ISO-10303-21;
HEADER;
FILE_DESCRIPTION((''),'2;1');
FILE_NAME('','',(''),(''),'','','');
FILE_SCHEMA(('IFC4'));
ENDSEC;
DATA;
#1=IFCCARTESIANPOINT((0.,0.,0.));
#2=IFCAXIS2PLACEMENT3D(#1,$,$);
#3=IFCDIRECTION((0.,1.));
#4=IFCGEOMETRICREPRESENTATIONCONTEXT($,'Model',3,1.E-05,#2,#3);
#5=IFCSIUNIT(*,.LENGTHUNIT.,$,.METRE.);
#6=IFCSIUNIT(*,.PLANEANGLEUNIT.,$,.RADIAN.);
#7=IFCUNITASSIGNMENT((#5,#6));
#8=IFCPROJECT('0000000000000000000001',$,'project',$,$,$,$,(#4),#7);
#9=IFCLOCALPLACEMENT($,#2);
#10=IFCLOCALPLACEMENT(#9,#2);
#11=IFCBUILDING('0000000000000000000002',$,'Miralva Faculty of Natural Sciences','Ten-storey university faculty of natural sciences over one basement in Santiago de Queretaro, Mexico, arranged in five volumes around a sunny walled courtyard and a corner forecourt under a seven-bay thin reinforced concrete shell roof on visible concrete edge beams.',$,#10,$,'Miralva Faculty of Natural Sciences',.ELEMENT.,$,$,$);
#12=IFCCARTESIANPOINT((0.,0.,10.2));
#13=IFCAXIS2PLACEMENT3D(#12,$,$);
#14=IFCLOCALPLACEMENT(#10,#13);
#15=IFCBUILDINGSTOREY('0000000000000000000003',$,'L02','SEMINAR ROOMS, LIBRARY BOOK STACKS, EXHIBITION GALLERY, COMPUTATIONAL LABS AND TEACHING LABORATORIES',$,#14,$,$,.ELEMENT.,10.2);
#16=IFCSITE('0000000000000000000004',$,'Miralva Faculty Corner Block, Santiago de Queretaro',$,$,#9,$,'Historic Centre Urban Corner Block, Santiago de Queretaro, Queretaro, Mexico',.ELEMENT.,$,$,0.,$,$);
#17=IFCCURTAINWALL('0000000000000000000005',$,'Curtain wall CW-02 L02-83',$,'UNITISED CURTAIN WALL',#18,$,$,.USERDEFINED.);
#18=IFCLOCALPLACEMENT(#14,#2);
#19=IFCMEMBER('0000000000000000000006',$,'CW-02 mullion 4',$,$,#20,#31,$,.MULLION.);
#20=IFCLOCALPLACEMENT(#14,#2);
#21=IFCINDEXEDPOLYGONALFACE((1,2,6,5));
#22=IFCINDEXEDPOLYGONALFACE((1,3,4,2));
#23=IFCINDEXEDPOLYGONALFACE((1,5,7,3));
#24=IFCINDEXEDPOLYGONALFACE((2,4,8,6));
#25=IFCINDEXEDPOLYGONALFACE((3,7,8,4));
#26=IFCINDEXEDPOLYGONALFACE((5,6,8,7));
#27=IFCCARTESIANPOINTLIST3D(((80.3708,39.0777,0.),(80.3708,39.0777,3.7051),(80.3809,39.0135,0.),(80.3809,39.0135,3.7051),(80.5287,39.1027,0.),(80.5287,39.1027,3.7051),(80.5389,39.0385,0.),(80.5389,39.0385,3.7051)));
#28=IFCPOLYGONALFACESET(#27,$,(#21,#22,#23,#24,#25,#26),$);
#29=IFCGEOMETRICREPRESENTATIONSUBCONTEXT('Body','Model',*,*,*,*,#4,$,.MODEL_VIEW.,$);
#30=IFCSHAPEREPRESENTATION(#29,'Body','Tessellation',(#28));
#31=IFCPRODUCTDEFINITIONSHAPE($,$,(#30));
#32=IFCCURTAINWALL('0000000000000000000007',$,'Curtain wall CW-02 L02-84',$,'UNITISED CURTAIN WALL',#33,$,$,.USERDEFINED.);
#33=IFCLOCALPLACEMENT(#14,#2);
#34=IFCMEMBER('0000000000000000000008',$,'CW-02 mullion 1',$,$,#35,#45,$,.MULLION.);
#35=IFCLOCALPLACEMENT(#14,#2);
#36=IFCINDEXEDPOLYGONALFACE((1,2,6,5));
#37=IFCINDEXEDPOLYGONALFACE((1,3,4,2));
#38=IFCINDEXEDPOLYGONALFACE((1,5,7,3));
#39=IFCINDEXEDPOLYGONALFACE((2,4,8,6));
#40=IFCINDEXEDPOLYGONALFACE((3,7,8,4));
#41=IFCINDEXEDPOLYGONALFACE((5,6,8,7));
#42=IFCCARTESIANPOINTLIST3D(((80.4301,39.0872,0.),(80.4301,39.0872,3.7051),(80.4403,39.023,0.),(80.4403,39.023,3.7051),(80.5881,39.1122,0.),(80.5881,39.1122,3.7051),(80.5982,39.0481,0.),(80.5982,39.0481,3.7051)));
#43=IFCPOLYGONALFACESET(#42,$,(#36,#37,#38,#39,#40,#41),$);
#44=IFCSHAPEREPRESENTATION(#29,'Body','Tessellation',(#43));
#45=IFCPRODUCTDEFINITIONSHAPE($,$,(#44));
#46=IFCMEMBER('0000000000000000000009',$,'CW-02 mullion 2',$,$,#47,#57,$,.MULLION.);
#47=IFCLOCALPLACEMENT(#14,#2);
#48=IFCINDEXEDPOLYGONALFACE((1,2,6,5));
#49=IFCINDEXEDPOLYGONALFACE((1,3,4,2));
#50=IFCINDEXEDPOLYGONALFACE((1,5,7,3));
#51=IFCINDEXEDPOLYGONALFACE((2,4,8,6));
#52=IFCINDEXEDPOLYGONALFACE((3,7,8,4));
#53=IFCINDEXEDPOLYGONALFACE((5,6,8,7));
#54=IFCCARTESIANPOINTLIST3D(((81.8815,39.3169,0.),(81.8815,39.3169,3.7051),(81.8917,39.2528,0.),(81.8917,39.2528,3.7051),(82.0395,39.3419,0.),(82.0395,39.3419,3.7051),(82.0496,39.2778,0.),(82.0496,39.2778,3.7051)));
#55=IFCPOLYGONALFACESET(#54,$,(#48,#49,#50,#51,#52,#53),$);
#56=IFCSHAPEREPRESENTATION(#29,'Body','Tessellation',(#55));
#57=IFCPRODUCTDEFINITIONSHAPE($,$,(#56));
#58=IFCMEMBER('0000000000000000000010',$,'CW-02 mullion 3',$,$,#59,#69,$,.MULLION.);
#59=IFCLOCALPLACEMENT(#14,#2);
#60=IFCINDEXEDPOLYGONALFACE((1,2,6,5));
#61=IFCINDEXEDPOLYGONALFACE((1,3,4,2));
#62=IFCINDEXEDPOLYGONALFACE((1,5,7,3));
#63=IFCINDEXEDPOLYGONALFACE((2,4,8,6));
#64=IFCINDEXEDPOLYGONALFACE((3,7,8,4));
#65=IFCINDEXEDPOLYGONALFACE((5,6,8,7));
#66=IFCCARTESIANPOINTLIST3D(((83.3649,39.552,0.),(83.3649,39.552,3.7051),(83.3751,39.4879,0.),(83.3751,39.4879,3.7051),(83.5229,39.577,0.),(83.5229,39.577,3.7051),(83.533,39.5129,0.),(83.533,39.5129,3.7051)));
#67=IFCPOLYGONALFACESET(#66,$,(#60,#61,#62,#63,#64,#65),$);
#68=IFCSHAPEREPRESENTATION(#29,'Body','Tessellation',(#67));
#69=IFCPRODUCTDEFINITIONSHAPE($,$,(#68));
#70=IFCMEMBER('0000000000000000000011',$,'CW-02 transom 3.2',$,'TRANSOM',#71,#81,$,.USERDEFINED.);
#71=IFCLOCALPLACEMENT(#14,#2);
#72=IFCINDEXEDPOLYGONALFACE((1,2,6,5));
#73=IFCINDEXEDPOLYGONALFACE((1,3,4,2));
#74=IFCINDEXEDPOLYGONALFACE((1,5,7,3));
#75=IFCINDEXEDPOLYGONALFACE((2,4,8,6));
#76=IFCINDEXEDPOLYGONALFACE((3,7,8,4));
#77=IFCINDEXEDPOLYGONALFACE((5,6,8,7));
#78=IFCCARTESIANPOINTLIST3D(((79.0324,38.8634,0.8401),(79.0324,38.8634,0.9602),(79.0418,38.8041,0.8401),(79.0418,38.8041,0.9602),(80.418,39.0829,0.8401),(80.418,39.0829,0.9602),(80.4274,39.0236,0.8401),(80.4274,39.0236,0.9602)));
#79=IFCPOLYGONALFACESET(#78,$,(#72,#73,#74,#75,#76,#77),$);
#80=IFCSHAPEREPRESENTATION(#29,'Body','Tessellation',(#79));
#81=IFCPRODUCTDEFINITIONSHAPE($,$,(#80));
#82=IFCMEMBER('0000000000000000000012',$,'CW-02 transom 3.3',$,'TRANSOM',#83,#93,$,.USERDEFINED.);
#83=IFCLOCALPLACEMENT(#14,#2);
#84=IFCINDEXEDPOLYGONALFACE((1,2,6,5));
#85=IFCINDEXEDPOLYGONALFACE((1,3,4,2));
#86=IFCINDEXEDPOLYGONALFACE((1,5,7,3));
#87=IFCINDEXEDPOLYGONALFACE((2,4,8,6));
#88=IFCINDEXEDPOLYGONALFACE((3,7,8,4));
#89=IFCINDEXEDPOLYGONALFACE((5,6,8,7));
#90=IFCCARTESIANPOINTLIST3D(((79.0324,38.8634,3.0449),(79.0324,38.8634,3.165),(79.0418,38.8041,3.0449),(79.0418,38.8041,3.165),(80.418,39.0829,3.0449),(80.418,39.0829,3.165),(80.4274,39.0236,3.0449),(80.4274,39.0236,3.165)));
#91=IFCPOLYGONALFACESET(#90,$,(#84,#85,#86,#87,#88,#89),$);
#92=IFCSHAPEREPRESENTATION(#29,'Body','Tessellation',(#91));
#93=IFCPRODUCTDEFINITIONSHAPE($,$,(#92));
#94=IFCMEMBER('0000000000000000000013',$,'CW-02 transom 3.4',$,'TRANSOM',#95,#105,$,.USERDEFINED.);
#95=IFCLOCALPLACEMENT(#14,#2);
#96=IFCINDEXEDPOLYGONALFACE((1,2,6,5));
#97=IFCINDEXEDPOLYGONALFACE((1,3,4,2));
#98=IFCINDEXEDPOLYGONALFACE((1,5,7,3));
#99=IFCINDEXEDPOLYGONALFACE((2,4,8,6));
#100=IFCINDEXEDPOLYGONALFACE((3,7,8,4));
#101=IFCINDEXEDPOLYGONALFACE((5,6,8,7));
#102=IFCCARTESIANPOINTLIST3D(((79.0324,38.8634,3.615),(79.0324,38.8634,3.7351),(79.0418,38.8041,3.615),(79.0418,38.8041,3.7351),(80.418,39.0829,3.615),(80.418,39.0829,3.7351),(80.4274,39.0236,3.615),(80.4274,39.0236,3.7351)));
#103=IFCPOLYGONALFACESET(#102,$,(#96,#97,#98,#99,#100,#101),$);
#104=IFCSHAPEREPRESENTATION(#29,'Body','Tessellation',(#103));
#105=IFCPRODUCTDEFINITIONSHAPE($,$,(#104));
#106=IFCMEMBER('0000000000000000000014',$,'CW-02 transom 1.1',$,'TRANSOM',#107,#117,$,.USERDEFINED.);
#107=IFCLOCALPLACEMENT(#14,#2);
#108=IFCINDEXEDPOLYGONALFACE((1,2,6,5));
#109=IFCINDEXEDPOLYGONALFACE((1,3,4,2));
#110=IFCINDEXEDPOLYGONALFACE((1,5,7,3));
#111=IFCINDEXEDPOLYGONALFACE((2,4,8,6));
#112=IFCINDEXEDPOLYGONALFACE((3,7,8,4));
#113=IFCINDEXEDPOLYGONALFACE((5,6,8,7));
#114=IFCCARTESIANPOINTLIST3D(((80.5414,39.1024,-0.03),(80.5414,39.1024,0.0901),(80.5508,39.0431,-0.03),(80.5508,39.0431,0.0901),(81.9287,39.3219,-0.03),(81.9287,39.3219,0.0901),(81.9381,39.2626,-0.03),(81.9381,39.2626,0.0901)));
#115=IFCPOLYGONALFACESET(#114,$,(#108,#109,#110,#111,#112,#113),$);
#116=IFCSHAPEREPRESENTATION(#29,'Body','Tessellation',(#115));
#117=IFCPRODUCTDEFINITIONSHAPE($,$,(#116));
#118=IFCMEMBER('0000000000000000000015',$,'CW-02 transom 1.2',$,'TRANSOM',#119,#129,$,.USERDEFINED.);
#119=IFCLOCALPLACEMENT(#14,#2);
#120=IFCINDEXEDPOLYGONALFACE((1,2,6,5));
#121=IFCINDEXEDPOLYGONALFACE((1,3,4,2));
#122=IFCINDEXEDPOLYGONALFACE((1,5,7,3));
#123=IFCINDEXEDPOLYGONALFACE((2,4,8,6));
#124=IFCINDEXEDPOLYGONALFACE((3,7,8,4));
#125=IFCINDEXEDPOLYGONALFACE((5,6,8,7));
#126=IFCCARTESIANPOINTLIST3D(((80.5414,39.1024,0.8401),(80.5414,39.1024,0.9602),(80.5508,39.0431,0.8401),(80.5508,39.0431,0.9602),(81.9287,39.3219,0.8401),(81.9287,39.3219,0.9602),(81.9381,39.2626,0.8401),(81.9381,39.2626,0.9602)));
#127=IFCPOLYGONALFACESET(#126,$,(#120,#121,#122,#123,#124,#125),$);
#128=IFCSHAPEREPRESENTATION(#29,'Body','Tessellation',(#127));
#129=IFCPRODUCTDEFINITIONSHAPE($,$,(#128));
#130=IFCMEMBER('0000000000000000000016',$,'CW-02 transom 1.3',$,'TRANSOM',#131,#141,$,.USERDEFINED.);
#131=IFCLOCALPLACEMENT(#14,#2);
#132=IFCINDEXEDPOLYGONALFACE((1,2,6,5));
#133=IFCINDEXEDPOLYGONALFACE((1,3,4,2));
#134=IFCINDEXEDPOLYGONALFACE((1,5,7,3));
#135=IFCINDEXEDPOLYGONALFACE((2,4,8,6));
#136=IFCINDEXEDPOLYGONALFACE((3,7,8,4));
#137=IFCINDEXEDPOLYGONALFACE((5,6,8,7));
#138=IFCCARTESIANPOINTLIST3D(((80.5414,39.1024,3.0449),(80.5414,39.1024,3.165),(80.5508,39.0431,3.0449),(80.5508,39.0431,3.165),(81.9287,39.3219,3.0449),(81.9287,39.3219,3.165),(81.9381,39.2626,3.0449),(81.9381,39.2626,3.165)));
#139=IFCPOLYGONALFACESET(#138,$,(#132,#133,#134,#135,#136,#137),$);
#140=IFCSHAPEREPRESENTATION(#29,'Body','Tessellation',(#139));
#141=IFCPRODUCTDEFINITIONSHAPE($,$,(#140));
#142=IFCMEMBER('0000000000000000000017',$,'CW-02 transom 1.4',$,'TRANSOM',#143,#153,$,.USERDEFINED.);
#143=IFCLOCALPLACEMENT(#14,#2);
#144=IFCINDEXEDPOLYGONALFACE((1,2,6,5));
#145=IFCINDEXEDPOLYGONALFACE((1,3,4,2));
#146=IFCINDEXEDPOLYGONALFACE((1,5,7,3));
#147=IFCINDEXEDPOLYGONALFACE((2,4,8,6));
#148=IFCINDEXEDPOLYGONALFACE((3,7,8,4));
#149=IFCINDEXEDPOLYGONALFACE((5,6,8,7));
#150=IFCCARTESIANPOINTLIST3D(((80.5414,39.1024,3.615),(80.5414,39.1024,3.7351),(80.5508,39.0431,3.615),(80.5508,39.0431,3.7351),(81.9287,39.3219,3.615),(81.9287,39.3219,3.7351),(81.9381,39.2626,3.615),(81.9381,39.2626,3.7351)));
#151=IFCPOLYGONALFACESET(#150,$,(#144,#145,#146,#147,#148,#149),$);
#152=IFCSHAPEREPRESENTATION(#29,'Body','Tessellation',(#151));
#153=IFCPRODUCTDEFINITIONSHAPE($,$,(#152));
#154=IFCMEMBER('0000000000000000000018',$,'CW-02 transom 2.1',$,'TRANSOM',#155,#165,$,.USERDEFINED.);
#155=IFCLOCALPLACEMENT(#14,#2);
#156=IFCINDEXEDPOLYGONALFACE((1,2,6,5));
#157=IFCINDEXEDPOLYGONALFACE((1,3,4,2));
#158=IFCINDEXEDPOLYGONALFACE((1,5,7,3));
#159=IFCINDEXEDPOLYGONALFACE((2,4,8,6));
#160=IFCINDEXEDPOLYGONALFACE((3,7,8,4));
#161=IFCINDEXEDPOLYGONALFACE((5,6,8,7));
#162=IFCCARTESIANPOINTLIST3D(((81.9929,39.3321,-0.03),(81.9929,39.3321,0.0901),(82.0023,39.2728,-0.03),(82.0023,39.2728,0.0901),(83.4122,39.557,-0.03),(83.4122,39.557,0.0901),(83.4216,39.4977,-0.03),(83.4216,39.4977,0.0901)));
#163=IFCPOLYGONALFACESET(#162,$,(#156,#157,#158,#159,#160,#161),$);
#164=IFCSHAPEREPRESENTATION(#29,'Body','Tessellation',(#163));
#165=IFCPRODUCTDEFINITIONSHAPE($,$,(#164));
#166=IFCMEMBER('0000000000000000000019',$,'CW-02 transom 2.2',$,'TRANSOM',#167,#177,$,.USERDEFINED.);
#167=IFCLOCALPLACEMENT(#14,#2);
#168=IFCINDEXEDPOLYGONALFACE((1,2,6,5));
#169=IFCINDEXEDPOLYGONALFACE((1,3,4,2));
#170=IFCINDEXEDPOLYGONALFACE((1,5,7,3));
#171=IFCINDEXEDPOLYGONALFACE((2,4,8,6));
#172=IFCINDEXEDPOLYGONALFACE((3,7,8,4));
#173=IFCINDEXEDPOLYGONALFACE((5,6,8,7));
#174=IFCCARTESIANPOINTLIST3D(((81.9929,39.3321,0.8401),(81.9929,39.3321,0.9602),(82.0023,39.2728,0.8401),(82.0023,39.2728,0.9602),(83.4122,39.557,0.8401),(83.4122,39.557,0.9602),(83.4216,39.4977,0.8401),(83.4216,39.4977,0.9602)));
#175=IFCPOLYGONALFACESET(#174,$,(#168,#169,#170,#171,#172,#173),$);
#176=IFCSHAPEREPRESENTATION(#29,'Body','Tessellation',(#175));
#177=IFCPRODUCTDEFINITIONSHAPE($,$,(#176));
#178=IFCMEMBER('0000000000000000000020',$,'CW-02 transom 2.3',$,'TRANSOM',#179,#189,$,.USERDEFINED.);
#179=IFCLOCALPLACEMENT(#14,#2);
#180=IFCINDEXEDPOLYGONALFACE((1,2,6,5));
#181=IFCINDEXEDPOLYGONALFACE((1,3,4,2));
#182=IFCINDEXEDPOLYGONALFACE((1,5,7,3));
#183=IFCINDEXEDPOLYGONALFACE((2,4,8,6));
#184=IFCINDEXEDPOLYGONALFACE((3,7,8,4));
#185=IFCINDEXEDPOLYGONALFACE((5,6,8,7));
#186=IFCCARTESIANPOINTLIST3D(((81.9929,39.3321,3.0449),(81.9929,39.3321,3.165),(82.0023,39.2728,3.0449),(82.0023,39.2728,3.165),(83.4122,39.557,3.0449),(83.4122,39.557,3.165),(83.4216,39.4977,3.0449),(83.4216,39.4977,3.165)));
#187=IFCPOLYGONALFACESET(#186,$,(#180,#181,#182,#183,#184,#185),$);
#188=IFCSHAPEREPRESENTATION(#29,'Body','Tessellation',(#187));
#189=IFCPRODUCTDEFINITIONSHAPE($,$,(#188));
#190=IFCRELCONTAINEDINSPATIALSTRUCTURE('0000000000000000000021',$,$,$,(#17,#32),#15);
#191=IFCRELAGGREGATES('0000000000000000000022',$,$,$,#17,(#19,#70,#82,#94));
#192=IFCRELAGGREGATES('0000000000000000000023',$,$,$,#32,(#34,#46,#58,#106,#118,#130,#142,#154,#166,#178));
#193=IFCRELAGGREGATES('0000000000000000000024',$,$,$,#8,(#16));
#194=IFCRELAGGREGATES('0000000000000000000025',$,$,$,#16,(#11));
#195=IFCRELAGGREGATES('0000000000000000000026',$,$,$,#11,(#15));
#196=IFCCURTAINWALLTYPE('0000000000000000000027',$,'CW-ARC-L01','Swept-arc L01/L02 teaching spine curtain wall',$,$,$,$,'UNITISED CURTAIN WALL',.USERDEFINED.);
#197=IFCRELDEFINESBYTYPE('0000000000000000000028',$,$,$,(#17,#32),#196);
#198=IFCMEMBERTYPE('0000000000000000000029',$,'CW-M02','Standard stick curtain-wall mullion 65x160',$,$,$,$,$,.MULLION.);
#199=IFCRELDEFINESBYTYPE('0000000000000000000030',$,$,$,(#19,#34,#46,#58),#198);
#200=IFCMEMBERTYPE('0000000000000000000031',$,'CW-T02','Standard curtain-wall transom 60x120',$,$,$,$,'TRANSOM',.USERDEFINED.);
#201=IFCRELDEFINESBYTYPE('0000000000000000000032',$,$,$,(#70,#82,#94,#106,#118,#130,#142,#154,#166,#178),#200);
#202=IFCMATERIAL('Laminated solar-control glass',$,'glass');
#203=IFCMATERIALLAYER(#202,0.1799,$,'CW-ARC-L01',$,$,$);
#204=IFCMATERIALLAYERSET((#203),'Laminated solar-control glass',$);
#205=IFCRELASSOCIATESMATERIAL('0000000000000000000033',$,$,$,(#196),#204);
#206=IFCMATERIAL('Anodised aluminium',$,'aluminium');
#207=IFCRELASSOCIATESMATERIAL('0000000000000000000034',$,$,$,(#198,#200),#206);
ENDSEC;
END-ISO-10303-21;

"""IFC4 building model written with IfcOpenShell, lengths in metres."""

from ifc_helpers import new_model, si_unit, direction, frame, origin, origin_2d, place, context, subcontext, project, spatial, rectangle, extrude, material, layer, layer_set, material_profile, profile_set, type_object, element, aggregate, save


model = new_model("IFC4")

# Units and contexts
model_context = context("Model", 3, precision=1e-05, world=origin(), true_north=direction((0.0, 1.0)))
body_context = subcontext(model_context, "Body", "Model", "MODEL_VIEW")
ifc_project = project(units=[si_unit("LENGTHUNIT", "METRE"), si_unit("PLANEANGLEUNIT", "RADIAN")], contexts=[model_context])

# Site, building, storey
site_placement = place(None, origin())
site = spatial("IfcSite", under=ifc_project, at=site_placement, Name="Miralva Faculty Corner Block, Santiago de Queretaro", LongName="Historic Centre Urban Corner Block, Santiago de Queretaro, Queretaro, Mexico", CompositionType="ELEMENT", RefElevation=0.0)
building_placement = place(site_placement, origin())
building = spatial("IfcBuilding", under=site, at=building_placement, Name="Miralva Faculty of Natural Sciences", Description="Ten-storey university faculty of natural sciences over one basement in Santiago de Queretaro, Mexico, arranged in five volumes around a sunny walled courtyard and a corner forecourt under a seven-bay thin reinforced concrete shell roof on visible concrete edge beams.", LongName="Miralva Faculty of Natural Sciences", CompositionType="ELEMENT")
storey_placement = place(building_placement, frame((0.0, 0.0, 10.2)))
storey = spatial("IfcBuildingStorey", under=building, at=storey_placement, Name="L02", Description="SEMINAR ROOMS, LIBRARY BOOK STACKS, EXHIBITION GALLERY, COMPUTATIONAL LABS AND TEACHING LABORATORIES", CompositionType="ELEMENT", Elevation=10.2)

# Curtain wall, member
ifc_material_1 = material(Name="Laminated solar-control glass", Category="glass")
ifc_layer_1 = layer(ifc_material_1, 0.1799, Name="CW-ARC-L01")
ifc_layer_set_1 = layer_set([ifc_layer_1], Name="Laminated solar-control glass")
curtain_wall_type = type_object("IfcCurtainWallType", Name="CW-ARC-L01", Description="Swept-arc L01/L02 teaching spine curtain wall", ElementType="UNITISED CURTAIN WALL", PredefinedType="USERDEFINED", material=ifc_layer_set_1)
curtain_wall_1_placement = place(storey_placement, origin())
curtain_wall_1 = element("IfcCurtainWall", 1, at=curtain_wall_1_placement, inside=storey, type_object=curtain_wall_type, Name="Curtain wall CW-02 L02-83", ObjectType="UNITISED CURTAIN WALL", PredefinedType="USERDEFINED")
ifc_material_2 = material(Name="Anodised aluminium", Category="aluminium")
ifc_material_profile_1 = material_profile(ifc_material_2, rectangle(XDim=0.0649, YDim=0.1599, at=origin_2d()), Name="MULLION 65x160")
ifc_profile_set_1 = profile_set([ifc_material_profile_1], Name="Anodised aluminium")
member_type_1 = type_object("IfcMemberType", Name="CW-M02", Description="Standard stick curtain-wall mullion 65x160", PredefinedType="MULLION", material=ifc_profile_set_1)
member_1_placement = place(storey_placement, frame((80.4548, 39.0581, 0.0), z_axis=(0.0, 0.0, 1.0), x_axis=(-0.156431, 0.987689, 0.0)))
member_1 = element("IfcMember", 2, at=member_1_placement, type_object=member_type_1, Name="CW-02 mullion 4", PredefinedType="MULLION", context=body_context, shape_type="SweptSolid", body=[
    extrude(rectangle(XDim=0.0649, YDim=0.1599, at=origin_2d()), origin(), (0.0, 0.0, 1.0), 3.7051),
])

# Curtain wall, members
curtain_wall_2_placement = place(storey_placement, origin())
curtain_wall_2 = element("IfcCurtainWall", 3, at=curtain_wall_2_placement, inside=storey, type_object=curtain_wall_type, Name="Curtain wall CW-02 L02-84", ObjectType="UNITISED CURTAIN WALL", PredefinedType="USERDEFINED")
member_2_placement = place(storey_placement, frame((80.5142, 39.0676, 0.0), z_axis=(0.0, 0.0, 1.0), x_axis=(-0.156415, 0.987691, 0.0)))
member_2 = element("IfcMember", 4, at=member_2_placement, type_object=member_type_1, Name="CW-02 mullion 1", PredefinedType="MULLION", context=body_context, shape_type="SweptSolid", body=[
    extrude(rectangle(XDim=0.0649, YDim=0.1599, at=origin_2d()), origin(), (0.0, 0.0, 1.0), 3.7051),
])
member_3_placement = place(storey_placement, frame((81.9656, 39.2974, 0.0), z_axis=(0.0, 0.0, 1.0), x_axis=(-0.156415, 0.987691, 0.0)))
member_3 = element("IfcMember", 5, at=member_3_placement, type_object=member_type_1, Name="CW-02 mullion 2", PredefinedType="MULLION", context=body_context, shape_type="SweptSolid", body=[
    extrude(rectangle(XDim=0.0649, YDim=0.1599, at=origin_2d()), origin(), (0.0, 0.0, 1.0), 3.7051),
])
member_4_placement = place(storey_placement, frame((83.449, 39.5325, 0.0), z_axis=(0.0, 0.0, 1.0), x_axis=(-0.156415, 0.987691, 0.0)))
member_4 = element("IfcMember", 6, at=member_4_placement, type_object=member_type_1, Name="CW-02 mullion 3", PredefinedType="MULLION", context=body_context, shape_type="SweptSolid", body=[
    extrude(rectangle(XDim=0.0649, YDim=0.1599, at=origin_2d()), origin(), (0.0, 0.0, 1.0), 3.7051),
])

# Members
ifc_material_profile_2 = material_profile(ifc_material_2, rectangle(XDim=0.0601, YDim=0.1201, at=origin_2d()), Name="TRANSOM 60x120")
ifc_profile_set_2 = profile_set([ifc_material_profile_2], Name="Anodised aluminium")
member_type_2 = type_object("IfcMemberType", Name="CW-T02", Description="Standard curtain-wall transom 60x120", ElementType="TRANSOM", PredefinedType="USERDEFINED", material=ifc_profile_set_2)
member_5_placement = place(storey_placement, frame((79.0371, 38.8337, 0.9001), z_axis=(0.987684, 0.156463, 0.0), x_axis=(-0.156463, 0.987684, 0.0)))
member_5 = element("IfcMember", 7, at=member_5_placement, type_object=member_type_2, Name="CW-02 transom 3.2", ObjectType="TRANSOM", PredefinedType="USERDEFINED", context=body_context, shape_type="SweptSolid", body=[
    extrude(rectangle(XDim=0.0601, YDim=0.1201, at=origin_2d()), origin(), (0.0, 0.0, 1.0), 1.4028),
])
member_6_placement = place(storey_placement, frame((79.0371, 38.8337, 3.105), z_axis=(0.987684, 0.156463, 0.0), x_axis=(-0.156463, 0.987684, 0.0)))
member_6 = element("IfcMember", 8, at=member_6_placement, type_object=member_type_2, Name="CW-02 transom 3.3", ObjectType="TRANSOM", PredefinedType="USERDEFINED", context=body_context, shape_type="SweptSolid", body=[
    extrude(rectangle(XDim=0.0601, YDim=0.1201, at=origin_2d()), origin(), (0.0, 0.0, 1.0), 1.4028),
])
member_7_placement = place(storey_placement, frame((79.0371, 38.8337, 3.675), z_axis=(0.987684, 0.156463, 0.0), x_axis=(-0.156463, 0.987684, 0.0)))
member_7 = element("IfcMember", 9, at=member_7_placement, type_object=member_type_2, Name="CW-02 transom 3.4", ObjectType="TRANSOM", PredefinedType="USERDEFINED", context=body_context, shape_type="SweptSolid", body=[
    extrude(rectangle(XDim=0.0601, YDim=0.1201, at=origin_2d()), origin(), (0.0, 0.0, 1.0), 1.4028),
])
member_8_placement = place(storey_placement, frame((80.5461, 39.0728, 0.03), z_axis=(0.987714, 0.156275, 0.0), x_axis=(-0.156275, 0.987714, 0.0)))
member_8 = element("IfcMember", 10, at=member_8_placement, type_object=member_type_2, Name="CW-02 transom 1.1", ObjectType="TRANSOM", PredefinedType="USERDEFINED", context=body_context, shape_type="SweptSolid", body=[
    extrude(rectangle(XDim=0.0601, YDim=0.1201, at=origin_2d()), origin(), (0.0, 0.0, 1.0), 1.4045),
])
member_9_placement = place(storey_placement, frame((80.5461, 39.0728, 0.9001), z_axis=(0.987714, 0.156275, 0.0), x_axis=(-0.156275, 0.987714, 0.0)))
member_9 = element("IfcMember", 11, at=member_9_placement, type_object=member_type_2, Name="CW-02 transom 1.2", ObjectType="TRANSOM", PredefinedType="USERDEFINED", context=body_context, shape_type="SweptSolid", body=[
    extrude(rectangle(XDim=0.0601, YDim=0.1201, at=origin_2d()), origin(), (0.0, 0.0, 1.0), 1.4045),
])
member_10_placement = place(storey_placement, frame((80.5461, 39.0728, 3.105), z_axis=(0.987714, 0.156275, 0.0), x_axis=(-0.156275, 0.987714, 0.0)))
member_10 = element("IfcMember", 12, at=member_10_placement, type_object=member_type_2, Name="CW-02 transom 1.3", ObjectType="TRANSOM", PredefinedType="USERDEFINED", context=body_context, shape_type="SweptSolid", body=[
    extrude(rectangle(XDim=0.0601, YDim=0.1201, at=origin_2d()), origin(), (0.0, 0.0, 1.0), 1.4045),
])
member_11_placement = place(storey_placement, frame((80.5461, 39.0728, 3.675), z_axis=(0.987714, 0.156275, 0.0), x_axis=(-0.156275, 0.987714, 0.0)))
member_11 = element("IfcMember", 13, at=member_11_placement, type_object=member_type_2, Name="CW-02 transom 1.4", ObjectType="TRANSOM", PredefinedType="USERDEFINED", context=body_context, shape_type="SweptSolid", body=[
    extrude(rectangle(XDim=0.0601, YDim=0.1201, at=origin_2d()), origin(), (0.0, 0.0, 1.0), 1.4045),
])
member_12_placement = place(storey_placement, frame((81.9976, 39.3025, 0.03), z_axis=(0.987684, 0.15646, 0.0), x_axis=(-0.15646, 0.987684, 0.0)))
member_12 = element("IfcMember", 14, at=member_12_placement, type_object=member_type_2, Name="CW-02 transom 2.1", ObjectType="TRANSOM", PredefinedType="USERDEFINED", context=body_context, shape_type="SweptSolid", body=[
    extrude(rectangle(XDim=0.0601, YDim=0.1201, at=origin_2d()), origin(), (0.0, 0.0, 1.0), 1.437),
])
member_13_placement = place(storey_placement, frame((81.9976, 39.3025, 0.9001), z_axis=(0.987684, 0.15646, 0.0), x_axis=(-0.15646, 0.987684, 0.0)))
member_13 = element("IfcMember", 15, at=member_13_placement, type_object=member_type_2, Name="CW-02 transom 2.2", ObjectType="TRANSOM", PredefinedType="USERDEFINED", context=body_context, shape_type="SweptSolid", body=[
    extrude(rectangle(XDim=0.0601, YDim=0.1201, at=origin_2d()), origin(), (0.0, 0.0, 1.0), 1.437),
])
member_14_placement = place(storey_placement, frame((81.9976, 39.3025, 3.105), z_axis=(0.987684, 0.15646, 0.0), x_axis=(-0.15646, 0.987684, 0.0)))
member_14 = element("IfcMember", 16, at=member_14_placement, type_object=member_type_2, Name="CW-02 transom 2.3", ObjectType="TRANSOM", PredefinedType="USERDEFINED", context=body_context, shape_type="SweptSolid", body=[
    extrude(rectangle(XDim=0.0601, YDim=0.1201, at=origin_2d()), origin(), (0.0, 0.0, 1.0), 1.437),
])

aggregate(curtain_wall_1, [member_1, member_5, member_6, member_7])
aggregate(curtain_wall_2, [member_2, member_3, member_4, member_8, member_9, member_10, member_11, member_12, member_13, member_14])

save(model, "model.ifc")
